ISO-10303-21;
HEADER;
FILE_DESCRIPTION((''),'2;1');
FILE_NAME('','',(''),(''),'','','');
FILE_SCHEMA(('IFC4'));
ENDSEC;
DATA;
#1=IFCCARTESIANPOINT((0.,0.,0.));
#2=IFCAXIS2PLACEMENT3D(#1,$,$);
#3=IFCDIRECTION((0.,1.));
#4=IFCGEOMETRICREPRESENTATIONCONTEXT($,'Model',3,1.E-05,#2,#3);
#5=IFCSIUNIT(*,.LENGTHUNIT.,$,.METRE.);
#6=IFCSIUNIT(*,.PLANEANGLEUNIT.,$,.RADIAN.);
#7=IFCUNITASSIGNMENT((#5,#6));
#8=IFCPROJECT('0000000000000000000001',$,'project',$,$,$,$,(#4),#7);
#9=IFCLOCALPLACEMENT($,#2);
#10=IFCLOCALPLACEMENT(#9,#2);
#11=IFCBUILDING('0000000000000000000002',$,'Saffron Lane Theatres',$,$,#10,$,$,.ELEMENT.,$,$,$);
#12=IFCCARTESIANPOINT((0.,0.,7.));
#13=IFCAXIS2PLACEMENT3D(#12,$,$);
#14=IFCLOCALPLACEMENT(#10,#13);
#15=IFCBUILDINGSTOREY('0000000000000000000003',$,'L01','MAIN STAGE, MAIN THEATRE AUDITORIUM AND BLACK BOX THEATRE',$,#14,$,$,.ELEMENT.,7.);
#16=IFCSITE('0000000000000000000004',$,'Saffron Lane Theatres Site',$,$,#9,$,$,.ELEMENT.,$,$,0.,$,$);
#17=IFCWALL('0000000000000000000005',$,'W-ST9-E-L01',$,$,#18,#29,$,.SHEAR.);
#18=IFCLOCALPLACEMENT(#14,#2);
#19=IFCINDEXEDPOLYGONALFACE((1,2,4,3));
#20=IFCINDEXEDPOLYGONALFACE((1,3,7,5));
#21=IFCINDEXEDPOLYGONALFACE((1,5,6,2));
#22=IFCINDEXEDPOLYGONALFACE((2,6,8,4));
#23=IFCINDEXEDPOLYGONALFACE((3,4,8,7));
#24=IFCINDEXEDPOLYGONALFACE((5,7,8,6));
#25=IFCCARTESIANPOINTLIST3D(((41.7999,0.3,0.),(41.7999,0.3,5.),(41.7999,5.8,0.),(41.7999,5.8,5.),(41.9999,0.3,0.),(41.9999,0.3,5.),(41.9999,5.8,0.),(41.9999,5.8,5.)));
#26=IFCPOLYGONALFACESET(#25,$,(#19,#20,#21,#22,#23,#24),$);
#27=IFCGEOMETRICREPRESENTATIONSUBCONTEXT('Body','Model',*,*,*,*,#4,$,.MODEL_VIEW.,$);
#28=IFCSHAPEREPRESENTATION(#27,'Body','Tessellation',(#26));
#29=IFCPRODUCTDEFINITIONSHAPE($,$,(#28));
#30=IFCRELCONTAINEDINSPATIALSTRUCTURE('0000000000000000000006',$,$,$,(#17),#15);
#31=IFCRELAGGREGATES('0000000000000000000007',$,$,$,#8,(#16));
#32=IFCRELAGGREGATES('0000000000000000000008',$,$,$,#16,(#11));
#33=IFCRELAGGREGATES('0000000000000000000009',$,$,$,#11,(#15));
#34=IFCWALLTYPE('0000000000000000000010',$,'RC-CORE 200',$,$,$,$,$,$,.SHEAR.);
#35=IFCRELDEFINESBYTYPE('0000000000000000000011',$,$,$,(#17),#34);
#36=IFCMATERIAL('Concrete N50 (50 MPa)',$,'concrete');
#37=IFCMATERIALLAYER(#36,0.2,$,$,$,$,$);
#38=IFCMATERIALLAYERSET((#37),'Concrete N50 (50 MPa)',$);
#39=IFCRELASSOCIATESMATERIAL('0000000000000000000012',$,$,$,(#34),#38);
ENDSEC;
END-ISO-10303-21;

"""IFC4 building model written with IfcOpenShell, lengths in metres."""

from ifc_helpers import new_model, si_unit, direction, frame, frame_2d, origin, place, context, subcontext, project, spatial, rectangle, extrude, material, layer, layer_set, type_object, element, save


model = new_model("IFC4")

# Units and contexts
model_context = context("Model", 3, precision=1e-05, world=origin(), true_north=direction((0.0, 1.0)))
body_context = subcontext(model_context, "Body", "Model", "MODEL_VIEW")
ifc_project = project(units=[si_unit("LENGTHUNIT", "METRE"), si_unit("PLANEANGLEUNIT", "RADIAN")], contexts=[model_context])

# Site, building, storey
site_placement = place(None, origin())
site = spatial("IfcSite", under=ifc_project, at=site_placement, Name="Saffron Lane Theatres Site", CompositionType="ELEMENT", RefElevation=0.0)
building_placement = place(site_placement, origin())
building = spatial("IfcBuilding", under=site, at=building_placement, Name="Saffron Lane Theatres", CompositionType="ELEMENT")
storey_placement = place(building_placement, frame((0.0, 0.0, 7.0)))
storey = spatial("IfcBuildingStorey", under=building, at=storey_placement, Name="L01", Description="MAIN STAGE, MAIN THEATRE AUDITORIUM AND BLACK BOX THEATRE", CompositionType="ELEMENT", Elevation=7.0)

# Wall
ifc_material_1 = material(Name="Concrete N50 (50 MPa)", Category="concrete")
ifc_layer = layer(ifc_material_1, 0.2)
ifc_layer_set = layer_set([ifc_layer], Name="Concrete N50 (50 MPa)")
wall_type = type_object("IfcWallType", Name="RC-CORE 200", PredefinedType="SHEAR", material=ifc_layer_set)
wall_placement = place(storey_placement, frame((41.8999, 0.3, 0.0), z_axis=(0.0, 0.0, 1.0), x_axis=(0.0, 1.0, 0.0)))
element("IfcWall", 1, at=wall_placement, inside=storey, type_object=wall_type, Name="W-ST9-E-L01", PredefinedType="SHEAR", context=body_context, shape_type="SweptSolid", body=[
    extrude(rectangle(XDim=5.5, YDim=0.2, at=frame_2d((2.75, 0.0))), origin(), (0.0, 0.0, 1.0), 5.0),
])

save(model, "model.ifc")
